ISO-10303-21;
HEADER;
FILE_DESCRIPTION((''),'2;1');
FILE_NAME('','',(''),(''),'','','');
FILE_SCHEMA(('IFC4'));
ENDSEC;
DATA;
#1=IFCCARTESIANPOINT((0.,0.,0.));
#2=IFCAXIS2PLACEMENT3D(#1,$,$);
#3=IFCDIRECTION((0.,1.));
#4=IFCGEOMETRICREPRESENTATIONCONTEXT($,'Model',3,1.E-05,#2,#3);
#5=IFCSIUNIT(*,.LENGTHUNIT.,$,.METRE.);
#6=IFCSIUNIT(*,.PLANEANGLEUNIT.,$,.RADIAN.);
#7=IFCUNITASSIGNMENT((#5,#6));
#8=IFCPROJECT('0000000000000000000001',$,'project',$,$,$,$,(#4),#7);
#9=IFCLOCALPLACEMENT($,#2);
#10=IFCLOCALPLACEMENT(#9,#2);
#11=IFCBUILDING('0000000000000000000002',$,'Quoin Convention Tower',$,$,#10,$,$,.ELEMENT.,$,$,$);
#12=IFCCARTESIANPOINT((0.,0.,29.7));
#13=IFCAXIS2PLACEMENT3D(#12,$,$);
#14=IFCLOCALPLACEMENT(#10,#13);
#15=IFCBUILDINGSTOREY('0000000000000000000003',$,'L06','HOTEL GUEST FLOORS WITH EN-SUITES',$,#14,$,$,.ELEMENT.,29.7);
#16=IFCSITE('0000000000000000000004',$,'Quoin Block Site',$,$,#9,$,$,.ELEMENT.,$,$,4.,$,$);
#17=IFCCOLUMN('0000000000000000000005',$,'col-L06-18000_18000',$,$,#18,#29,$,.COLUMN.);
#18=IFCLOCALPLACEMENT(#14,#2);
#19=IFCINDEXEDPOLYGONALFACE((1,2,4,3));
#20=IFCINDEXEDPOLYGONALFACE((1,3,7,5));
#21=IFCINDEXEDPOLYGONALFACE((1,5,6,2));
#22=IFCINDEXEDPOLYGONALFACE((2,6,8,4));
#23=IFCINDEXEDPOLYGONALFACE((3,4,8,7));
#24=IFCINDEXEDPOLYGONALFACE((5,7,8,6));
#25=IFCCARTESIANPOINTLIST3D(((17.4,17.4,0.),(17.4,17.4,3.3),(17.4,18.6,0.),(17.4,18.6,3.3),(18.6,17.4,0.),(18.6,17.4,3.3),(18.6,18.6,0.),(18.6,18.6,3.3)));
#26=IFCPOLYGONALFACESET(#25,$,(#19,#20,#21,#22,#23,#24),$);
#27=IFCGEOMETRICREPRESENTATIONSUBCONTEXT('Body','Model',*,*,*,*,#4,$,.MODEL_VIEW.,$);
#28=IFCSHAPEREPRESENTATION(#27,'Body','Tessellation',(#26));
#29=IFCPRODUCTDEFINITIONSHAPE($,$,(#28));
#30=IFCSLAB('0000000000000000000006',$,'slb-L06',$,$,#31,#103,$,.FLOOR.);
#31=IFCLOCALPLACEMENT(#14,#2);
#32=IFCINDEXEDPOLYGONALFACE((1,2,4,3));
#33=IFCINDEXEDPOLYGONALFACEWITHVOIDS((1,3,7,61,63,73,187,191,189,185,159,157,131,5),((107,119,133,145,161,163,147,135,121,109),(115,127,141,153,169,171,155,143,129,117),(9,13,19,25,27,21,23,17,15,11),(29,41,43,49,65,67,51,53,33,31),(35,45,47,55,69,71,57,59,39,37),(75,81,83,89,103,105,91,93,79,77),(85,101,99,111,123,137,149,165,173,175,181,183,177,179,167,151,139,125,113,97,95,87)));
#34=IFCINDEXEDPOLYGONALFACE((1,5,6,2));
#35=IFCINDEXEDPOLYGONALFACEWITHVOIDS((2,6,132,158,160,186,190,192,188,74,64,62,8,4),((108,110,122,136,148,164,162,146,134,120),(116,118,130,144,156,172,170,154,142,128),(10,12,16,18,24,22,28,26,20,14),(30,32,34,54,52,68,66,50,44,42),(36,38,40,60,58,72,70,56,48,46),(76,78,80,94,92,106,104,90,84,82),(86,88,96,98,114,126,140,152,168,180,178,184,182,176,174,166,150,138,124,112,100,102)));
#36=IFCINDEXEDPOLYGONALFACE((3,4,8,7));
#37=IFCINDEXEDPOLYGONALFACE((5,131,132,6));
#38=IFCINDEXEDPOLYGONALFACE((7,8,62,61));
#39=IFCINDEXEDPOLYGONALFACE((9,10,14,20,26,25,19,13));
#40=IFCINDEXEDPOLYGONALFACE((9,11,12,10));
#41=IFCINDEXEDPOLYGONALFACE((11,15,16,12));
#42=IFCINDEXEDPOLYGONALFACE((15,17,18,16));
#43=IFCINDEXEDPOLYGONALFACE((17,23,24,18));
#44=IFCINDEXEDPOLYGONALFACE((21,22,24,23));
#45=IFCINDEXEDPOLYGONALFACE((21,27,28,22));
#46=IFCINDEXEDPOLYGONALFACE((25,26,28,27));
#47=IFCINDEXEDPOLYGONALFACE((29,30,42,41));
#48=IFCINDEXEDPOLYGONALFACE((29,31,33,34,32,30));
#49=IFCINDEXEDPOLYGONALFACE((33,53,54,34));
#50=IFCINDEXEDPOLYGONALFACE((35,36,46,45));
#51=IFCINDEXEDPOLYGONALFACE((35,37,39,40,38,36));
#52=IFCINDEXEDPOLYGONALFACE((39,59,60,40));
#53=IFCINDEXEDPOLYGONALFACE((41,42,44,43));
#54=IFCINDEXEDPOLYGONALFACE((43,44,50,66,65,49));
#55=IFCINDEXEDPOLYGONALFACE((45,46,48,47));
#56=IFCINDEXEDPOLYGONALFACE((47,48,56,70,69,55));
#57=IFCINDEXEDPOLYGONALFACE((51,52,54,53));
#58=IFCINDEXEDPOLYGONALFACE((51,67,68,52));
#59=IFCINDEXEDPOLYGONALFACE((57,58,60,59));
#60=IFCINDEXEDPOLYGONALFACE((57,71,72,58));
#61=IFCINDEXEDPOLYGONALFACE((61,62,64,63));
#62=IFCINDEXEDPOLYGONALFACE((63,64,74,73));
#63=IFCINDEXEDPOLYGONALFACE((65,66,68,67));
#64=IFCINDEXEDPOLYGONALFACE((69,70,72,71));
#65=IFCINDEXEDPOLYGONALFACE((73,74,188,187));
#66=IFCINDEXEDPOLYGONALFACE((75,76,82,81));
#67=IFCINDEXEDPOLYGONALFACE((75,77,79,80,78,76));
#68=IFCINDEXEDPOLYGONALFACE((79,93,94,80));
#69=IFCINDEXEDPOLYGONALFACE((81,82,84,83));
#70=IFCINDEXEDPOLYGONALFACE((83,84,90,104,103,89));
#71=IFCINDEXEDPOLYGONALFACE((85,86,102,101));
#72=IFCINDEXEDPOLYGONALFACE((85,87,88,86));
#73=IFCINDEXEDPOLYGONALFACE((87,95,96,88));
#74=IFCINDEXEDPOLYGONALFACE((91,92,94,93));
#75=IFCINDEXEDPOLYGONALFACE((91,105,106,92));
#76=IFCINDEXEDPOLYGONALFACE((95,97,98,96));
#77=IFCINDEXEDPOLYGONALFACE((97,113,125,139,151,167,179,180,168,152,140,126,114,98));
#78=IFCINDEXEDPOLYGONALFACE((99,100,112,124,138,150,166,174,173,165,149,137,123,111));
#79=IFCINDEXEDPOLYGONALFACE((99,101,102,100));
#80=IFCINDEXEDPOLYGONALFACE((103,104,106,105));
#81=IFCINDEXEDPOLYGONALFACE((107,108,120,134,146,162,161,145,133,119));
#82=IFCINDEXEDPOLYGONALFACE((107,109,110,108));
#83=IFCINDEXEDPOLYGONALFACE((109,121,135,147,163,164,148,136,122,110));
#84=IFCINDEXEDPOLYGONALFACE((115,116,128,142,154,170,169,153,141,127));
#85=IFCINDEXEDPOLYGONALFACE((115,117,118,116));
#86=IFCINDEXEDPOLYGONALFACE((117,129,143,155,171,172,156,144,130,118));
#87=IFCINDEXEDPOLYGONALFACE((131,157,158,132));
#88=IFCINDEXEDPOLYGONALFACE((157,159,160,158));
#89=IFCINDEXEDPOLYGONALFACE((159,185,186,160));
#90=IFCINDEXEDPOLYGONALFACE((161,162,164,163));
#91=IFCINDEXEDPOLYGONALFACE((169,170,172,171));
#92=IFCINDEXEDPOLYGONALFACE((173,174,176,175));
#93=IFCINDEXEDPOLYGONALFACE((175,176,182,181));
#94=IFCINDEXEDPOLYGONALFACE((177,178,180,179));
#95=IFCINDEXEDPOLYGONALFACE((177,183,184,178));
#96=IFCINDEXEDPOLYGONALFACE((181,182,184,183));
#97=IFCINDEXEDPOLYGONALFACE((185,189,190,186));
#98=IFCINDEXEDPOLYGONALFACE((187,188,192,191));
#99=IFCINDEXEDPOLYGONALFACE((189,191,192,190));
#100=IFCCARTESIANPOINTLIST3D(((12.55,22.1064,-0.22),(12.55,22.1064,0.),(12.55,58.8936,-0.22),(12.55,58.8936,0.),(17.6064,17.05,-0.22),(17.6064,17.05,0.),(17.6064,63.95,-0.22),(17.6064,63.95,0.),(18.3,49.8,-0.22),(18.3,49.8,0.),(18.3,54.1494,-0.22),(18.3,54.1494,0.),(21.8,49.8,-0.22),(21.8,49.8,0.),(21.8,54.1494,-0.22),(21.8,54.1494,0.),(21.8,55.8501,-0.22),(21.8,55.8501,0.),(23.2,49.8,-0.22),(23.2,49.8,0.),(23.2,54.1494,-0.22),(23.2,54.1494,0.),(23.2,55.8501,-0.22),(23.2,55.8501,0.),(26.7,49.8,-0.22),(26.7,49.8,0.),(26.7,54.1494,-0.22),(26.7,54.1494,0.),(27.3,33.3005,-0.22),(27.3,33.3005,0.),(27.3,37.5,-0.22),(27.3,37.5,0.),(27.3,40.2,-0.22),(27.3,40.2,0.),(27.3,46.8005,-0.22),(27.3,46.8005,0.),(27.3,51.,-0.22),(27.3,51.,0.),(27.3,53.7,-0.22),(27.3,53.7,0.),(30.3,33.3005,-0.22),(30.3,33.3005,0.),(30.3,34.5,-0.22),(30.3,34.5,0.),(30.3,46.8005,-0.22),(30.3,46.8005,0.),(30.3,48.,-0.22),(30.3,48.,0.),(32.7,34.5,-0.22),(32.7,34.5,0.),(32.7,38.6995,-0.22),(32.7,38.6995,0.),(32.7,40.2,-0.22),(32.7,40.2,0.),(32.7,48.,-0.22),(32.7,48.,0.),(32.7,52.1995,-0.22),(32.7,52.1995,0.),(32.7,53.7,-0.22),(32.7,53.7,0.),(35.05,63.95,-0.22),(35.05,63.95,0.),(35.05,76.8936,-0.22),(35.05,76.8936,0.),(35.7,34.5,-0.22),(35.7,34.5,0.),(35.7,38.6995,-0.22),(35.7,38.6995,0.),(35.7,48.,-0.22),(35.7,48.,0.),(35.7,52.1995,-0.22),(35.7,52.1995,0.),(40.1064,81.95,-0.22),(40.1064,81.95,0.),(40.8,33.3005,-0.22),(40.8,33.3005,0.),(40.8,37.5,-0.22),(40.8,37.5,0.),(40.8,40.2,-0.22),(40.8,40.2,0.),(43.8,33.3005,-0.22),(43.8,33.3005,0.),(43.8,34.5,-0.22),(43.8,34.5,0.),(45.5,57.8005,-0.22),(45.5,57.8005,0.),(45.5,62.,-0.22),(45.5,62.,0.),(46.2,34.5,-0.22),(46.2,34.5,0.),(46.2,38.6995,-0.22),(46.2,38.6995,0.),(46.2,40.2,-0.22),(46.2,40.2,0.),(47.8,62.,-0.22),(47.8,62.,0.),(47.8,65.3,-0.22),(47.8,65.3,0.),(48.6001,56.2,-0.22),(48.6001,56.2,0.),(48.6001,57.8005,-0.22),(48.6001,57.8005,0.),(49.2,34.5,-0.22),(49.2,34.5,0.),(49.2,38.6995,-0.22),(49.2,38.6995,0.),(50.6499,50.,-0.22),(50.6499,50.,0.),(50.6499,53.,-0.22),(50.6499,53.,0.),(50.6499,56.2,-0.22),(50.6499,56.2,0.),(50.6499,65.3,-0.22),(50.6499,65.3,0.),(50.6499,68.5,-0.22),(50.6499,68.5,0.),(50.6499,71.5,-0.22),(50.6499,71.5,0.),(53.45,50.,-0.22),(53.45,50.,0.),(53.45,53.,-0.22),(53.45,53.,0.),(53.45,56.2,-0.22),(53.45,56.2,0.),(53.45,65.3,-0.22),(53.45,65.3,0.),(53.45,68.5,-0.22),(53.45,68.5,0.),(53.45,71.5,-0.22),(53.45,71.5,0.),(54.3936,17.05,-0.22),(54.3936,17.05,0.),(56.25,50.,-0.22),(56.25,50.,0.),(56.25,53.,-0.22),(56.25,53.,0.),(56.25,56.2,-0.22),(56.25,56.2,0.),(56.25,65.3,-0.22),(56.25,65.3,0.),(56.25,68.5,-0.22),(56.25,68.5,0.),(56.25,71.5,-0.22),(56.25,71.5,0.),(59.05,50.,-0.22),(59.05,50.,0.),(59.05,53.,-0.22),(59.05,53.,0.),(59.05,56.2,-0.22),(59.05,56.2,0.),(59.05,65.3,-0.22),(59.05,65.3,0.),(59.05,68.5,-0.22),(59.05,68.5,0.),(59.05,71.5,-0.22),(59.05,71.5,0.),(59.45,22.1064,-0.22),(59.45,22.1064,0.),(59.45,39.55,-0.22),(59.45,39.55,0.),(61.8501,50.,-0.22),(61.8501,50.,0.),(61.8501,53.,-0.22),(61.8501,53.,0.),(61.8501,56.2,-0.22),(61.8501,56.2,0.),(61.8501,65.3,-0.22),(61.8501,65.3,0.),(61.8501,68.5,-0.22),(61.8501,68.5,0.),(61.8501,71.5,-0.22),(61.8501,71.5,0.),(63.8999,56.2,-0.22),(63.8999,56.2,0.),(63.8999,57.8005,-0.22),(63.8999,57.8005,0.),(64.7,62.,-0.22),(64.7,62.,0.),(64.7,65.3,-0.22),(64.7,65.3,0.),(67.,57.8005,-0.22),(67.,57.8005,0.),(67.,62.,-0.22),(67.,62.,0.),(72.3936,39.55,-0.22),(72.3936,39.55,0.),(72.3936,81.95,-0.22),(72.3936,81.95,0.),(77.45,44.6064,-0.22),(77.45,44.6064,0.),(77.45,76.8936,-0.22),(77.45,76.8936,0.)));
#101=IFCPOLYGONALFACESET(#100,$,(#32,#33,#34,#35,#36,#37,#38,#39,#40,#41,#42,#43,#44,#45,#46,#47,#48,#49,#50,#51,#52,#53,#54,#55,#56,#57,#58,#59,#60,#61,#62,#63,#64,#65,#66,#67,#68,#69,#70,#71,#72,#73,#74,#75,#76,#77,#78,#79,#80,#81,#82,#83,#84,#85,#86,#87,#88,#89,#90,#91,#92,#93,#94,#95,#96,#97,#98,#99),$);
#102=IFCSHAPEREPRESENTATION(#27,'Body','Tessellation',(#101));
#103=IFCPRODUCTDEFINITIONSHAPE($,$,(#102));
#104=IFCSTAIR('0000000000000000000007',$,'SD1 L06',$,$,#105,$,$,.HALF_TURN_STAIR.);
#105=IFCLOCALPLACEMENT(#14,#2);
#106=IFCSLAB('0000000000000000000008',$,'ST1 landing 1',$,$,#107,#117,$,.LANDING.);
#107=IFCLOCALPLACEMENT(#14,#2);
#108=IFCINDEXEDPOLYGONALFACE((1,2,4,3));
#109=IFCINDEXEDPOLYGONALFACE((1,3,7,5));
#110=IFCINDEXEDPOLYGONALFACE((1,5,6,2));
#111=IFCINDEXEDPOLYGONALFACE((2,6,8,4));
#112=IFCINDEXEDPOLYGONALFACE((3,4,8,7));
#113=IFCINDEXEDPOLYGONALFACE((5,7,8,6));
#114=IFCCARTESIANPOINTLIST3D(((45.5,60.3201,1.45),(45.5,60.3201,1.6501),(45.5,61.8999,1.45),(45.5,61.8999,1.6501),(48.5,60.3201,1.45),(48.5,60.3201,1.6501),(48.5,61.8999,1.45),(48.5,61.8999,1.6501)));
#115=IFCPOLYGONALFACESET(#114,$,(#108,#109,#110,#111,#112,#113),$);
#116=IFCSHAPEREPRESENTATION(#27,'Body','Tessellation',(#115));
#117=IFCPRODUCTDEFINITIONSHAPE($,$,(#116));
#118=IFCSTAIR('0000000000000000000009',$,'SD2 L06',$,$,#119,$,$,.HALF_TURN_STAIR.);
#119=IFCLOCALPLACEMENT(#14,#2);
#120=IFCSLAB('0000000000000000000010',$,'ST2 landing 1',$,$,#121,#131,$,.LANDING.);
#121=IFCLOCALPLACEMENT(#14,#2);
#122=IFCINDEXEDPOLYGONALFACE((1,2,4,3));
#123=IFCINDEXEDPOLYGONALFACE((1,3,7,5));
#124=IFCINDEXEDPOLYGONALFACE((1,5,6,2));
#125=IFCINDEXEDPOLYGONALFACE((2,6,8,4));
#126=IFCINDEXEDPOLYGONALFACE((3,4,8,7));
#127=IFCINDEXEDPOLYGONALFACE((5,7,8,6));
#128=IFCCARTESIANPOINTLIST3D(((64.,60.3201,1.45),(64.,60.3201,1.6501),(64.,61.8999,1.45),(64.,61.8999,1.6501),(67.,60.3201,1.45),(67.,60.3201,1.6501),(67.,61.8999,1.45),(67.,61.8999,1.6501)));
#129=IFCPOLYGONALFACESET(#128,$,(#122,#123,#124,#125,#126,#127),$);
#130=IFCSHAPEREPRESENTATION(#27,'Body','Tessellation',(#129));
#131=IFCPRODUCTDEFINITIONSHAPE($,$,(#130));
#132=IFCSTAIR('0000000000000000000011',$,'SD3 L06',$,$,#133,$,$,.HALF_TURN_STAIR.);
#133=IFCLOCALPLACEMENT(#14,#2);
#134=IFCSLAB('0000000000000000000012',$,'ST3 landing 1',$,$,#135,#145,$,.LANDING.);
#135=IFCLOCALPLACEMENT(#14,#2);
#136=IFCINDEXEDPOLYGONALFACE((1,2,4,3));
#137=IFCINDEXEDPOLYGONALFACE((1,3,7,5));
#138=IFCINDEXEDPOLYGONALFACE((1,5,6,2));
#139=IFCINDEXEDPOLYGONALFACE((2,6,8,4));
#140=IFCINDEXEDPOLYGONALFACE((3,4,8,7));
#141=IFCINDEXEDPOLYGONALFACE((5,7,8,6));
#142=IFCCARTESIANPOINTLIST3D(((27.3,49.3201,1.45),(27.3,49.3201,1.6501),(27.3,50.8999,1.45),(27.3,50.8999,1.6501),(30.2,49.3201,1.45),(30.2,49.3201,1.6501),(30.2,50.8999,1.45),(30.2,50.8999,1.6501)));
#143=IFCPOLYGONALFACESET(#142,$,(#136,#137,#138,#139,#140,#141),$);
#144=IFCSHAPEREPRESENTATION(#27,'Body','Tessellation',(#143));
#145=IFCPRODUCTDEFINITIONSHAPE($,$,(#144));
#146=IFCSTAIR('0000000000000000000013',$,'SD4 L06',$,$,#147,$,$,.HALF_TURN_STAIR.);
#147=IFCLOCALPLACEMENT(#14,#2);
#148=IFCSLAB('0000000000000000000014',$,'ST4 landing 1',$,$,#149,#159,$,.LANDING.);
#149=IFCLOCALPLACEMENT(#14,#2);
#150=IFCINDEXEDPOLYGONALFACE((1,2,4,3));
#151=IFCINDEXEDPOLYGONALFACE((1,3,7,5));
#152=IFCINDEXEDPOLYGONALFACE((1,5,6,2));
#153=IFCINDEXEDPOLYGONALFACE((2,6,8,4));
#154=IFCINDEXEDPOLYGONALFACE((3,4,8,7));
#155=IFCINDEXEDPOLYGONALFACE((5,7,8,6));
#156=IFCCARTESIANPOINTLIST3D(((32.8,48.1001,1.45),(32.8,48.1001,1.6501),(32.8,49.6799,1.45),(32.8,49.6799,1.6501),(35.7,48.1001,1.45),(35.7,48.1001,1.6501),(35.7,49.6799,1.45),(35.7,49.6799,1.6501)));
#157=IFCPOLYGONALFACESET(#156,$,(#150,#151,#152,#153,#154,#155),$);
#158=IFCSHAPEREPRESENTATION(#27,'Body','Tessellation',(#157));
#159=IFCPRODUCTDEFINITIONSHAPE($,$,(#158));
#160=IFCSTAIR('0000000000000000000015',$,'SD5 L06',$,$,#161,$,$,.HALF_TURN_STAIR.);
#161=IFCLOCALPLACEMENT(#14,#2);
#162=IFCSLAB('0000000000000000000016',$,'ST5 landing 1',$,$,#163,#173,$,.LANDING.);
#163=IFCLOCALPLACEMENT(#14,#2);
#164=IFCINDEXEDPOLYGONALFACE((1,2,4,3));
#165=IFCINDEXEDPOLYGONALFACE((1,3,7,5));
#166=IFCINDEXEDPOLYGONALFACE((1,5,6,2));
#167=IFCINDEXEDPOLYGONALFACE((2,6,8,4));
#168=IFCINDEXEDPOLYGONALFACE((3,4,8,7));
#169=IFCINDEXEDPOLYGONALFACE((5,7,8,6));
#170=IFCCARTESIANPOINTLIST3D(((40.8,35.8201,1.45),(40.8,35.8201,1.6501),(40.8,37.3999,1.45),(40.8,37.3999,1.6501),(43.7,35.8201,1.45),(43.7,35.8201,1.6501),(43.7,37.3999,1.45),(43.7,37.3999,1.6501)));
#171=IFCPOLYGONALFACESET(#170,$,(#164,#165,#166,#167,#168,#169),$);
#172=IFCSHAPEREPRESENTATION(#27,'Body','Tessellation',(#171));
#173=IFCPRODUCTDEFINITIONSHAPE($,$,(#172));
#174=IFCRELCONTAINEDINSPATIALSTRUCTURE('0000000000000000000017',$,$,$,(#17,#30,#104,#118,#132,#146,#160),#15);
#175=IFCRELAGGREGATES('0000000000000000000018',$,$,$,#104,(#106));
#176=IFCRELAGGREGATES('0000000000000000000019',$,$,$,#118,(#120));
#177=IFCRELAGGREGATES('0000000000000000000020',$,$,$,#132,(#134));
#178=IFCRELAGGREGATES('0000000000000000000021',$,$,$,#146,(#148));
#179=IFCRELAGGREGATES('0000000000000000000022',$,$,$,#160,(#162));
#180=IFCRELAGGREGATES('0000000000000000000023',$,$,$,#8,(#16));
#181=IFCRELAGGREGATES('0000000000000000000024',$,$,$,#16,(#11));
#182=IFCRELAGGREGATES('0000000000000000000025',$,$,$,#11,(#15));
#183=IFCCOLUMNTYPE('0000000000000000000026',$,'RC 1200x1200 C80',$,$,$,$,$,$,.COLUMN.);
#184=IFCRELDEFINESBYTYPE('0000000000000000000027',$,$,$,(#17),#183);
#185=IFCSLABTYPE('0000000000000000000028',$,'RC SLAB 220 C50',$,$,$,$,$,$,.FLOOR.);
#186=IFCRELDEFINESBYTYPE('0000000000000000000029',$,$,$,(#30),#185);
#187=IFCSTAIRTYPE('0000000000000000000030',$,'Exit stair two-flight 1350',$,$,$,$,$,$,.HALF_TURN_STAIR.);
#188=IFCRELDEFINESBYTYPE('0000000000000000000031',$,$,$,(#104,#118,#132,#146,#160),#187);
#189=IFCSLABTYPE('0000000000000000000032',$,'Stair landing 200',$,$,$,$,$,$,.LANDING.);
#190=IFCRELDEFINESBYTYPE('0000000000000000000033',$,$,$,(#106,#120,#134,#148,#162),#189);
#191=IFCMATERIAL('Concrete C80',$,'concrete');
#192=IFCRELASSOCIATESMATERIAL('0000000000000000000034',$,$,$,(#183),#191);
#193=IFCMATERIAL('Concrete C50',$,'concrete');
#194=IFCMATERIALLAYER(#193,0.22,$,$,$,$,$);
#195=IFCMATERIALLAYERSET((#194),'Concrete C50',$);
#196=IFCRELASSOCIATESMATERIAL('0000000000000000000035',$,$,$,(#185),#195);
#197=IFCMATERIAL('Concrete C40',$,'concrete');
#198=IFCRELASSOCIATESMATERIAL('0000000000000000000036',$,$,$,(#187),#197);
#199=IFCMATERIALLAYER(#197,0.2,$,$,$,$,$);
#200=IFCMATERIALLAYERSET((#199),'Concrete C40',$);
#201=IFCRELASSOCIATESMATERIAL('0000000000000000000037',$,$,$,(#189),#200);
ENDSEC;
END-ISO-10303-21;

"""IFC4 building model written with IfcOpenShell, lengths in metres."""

from ifc_helpers import new_model, si_unit, direction, frame, origin, origin_2d, place, context, subcontext, project, spatial, polyline, rectangle, outline, extrude, material, layer, layer_set, material_profile, profile_set, type_object, element, aggregate, save


model = new_model("IFC4")

# Units and contexts
model_context = context("Model", 3, precision=1e-05, world=origin(), true_north=direction((0.0, 1.0)))
body_context = subcontext(model_context, "Body", "Model", "MODEL_VIEW")
ifc_project = project(units=[si_unit("LENGTHUNIT", "METRE"), si_unit("PLANEANGLEUNIT", "RADIAN")], contexts=[model_context])

# Site, building, storey
site_placement = place(None, origin())
site = spatial("IfcSite", under=ifc_project, at=site_placement, Name="Quoin Block Site", CompositionType="ELEMENT", RefElevation=4.0)
building_placement = place(site_placement, origin())
building = spatial("IfcBuilding", under=site, at=building_placement, Name="Quoin Convention Tower", CompositionType="ELEMENT")
storey_placement = place(building_placement, frame((0.0, 0.0, 29.7)))
storey = spatial("IfcBuildingStorey", under=building, at=storey_placement, Name="L06", Description="HOTEL GUEST FLOORS WITH EN-SUITES", CompositionType="ELEMENT", Elevation=29.7)

# Column
ifc_material_1 = material(Name="Concrete C80", Category="concrete")
ifc_material_profile = material_profile(ifc_material_1, rectangle(XDim=1.2, YDim=1.2, at=origin_2d()), Name="RC 1200x1200")
ifc_profile_set = profile_set([ifc_material_profile], Name="Concrete C80")
column_type = type_object("IfcColumnType", Name="RC 1200x1200 C80", PredefinedType="COLUMN", material=ifc_profile_set)
column_placement = place(storey_placement, frame((18.0, 18.0, 0.0), z_axis=(0.0, 0.0, 1.0), x_axis=(1.0, 0.0, 0.0)))
element("IfcColumn", 1, at=column_placement, inside=storey, type_object=column_type, Name="col-L06-18000_18000", PredefinedType="COLUMN", context=body_context, shape_type="SweptSolid", body=[
    extrude(rectangle(XDim=1.2, YDim=1.2, at=origin_2d()), origin(), (0.0, 0.0, 1.0), 3.3),
])

# Slab
ifc_material_2 = material(Name="Concrete C50", Category="concrete")
ifc_layer_1 = layer(ifc_material_2, 0.22)
ifc_layer_set_1 = layer_set([ifc_layer_1], Name="Concrete C50")
slab_type_1 = type_object("IfcSlabType", Name="RC SLAB 220 C50", PredefinedType="FLOOR", material=ifc_layer_set_1)
slab_1_placement = place(storey_placement, frame((0.0, 0.0, -0.22)))
element("IfcSlab", 2, at=slab_1_placement, inside=storey, type_object=slab_type_1, Name="slb-L06", PredefinedType="FLOOR", context=body_context, shape_type="SweptSolid", body=[
    extrude(outline(polyline([(12.55, 58.8936), (17.6064, 63.95), (35.05, 63.95), (35.05, 76.8936), (40.1064, 81.95), (72.3936, 81.95), (77.45, 76.8936), (77.45, 44.6064), (72.3936, 39.55), (59.45, 39.55), (59.45, 22.1064), (54.3936, 17.05), (17.6064, 17.05), (12.55, 22.1064), (12.55, 58.8936)]), holes=[polyline([(30.3, 33.3005), (30.3, 34.5), (32.7, 34.5), (35.7, 34.5), (35.7, 38.6995), (32.7, 38.6995), (32.7, 40.2), (27.3, 40.2), (27.3, 37.5), (27.3, 33.3005), (30.3, 33.3005)]), polyline([(43.8, 33.3005), (43.8, 34.5), (46.2, 34.5), (49.2, 34.5), (49.2, 38.6995), (46.2, 38.6995), (46.2, 40.2), (40.8, 40.2), (40.8, 37.5), (40.8, 33.3005), (43.8, 33.3005)]), polyline([(27.3, 46.8005), (30.3, 46.8005), (30.3, 48.0), (32.7, 48.0), (35.7, 48.0), (35.7, 52.1995), (32.7, 52.1995), (32.7, 53.7), (27.3, 53.7), (27.3, 51.0), (27.3, 46.8005)]), polyline([(53.45, 50.0), (56.25, 50.0), (59.05, 50.0), (61.8501, 50.0), (61.8501, 53.0), (59.05, 53.0), (56.25, 53.0), (53.45, 53.0), (50.6499, 53.0), (50.6499, 50.0), (53.45, 50.0)]), polyline([(23.2, 49.8), (26.7, 49.8), (26.7, 54.1494), (23.2, 54.1494), (23.2, 55.8501), (21.8, 55.8501), (21.8, 54.1494), (18.3, 54.1494), (18.3, 49.8), (21.8, 49.8), (23.2, 49.8)]), polyline([(45.5, 57.8005), (48.6001, 57.8005), (48.6001, 56.2), (50.6499, 56.2), (53.45, 56.2), (56.25, 56.2), (59.05, 56.2), (61.8501, 56.2), (63.8999, 56.2), (63.8999, 57.8005), (67.0, 57.8005), (67.0, 62.0), (64.7, 62.0), (64.7, 65.3), (61.8501, 65.3), (59.05, 65.3), (56.25, 65.3), (53.45, 65.3), (50.6499, 65.3), (47.8, 65.3), (47.8, 62.0), (45.5, 62.0), (45.5, 57.8005)]), polyline([(59.05, 68.5), (61.8501, 68.5), (61.8501, 71.5), (59.05, 71.5), (56.25, 71.5), (53.45, 71.5), (50.6499, 71.5), (50.6499, 68.5), (53.45, 68.5), (56.25, 68.5), (59.05, 68.5)])]), origin(), (0.0, 0.0, 1.0), 0.22),
])

# Stairs, slabs
ifc_material_3 = material(Name="Concrete C40", Category="concrete")
stair_type_1 = type_object("IfcStairType", Name="Exit stair two-flight 1350", PredefinedType="HALF_TURN_STAIR", material=ifc_material_3)
stair_1_placement = place(storey_placement, origin())
stair_1 = element("IfcStair", 3, at=stair_1_placement, inside=storey, type_object=stair_type_1, Name="SD1 L06", PredefinedType="HALF_TURN_STAIR")
ifc_layer_2 = layer(ifc_material_3, 0.2)
ifc_layer_set_2 = layer_set([ifc_layer_2], Name="Concrete C40")
slab_type_2 = type_object("IfcSlabType", Name="Stair landing 200", PredefinedType="LANDING", material=ifc_layer_set_2)
slab_2_placement = place(storey_placement, frame((0.0, 0.0, 1.45)))
slab_2 = element("IfcSlab", 4, at=slab_2_placement, type_object=slab_type_2, Name="ST1 landing 1", PredefinedType="LANDING", context=body_context, shape_type="SweptSolid", body=[
    extrude(outline(polyline([(45.5, 60.3201), (48.5, 60.3201), (48.5, 61.8999), (45.5, 61.8999), (45.5, 60.3201)])), origin(), (0.0, 0.0, 1.0), 0.2002),
])
aggregate(stair_1, [slab_2])
stair_2_placement = place(storey_placement, origin())
stair_2 = element("IfcStair", 5, at=stair_2_placement, inside=storey, type_object=stair_type_1, Name="SD2 L06", PredefinedType="HALF_TURN_STAIR")
slab_3_placement = place(storey_placement, frame((0.0, 0.0, 1.45)))
slab_3 = element("IfcSlab", 6, at=slab_3_placement, type_object=slab_type_2, Name="ST2 landing 1", PredefinedType="LANDING", context=body_context, shape_type="SweptSolid", body=[
    extrude(outline(polyline([(64.0, 60.3201), (67.0, 60.3201), (67.0, 61.8999), (64.0, 61.8999), (64.0, 60.3201)])), origin(), (0.0, 0.0, 1.0), 0.2002),
])
aggregate(stair_2, [slab_3])
stair_3_placement = place(storey_placement, origin())
stair_3 = element("IfcStair", 7, at=stair_3_placement, inside=storey, type_object=stair_type_1, Name="SD3 L06", PredefinedType="HALF_TURN_STAIR")
slab_4_placement = place(storey_placement, frame((0.0, 0.0, 1.45)))
slab_4 = element("IfcSlab", 8, at=slab_4_placement, type_object=slab_type_2, Name="ST3 landing 1", PredefinedType="LANDING", context=body_context, shape_type="SweptSolid", body=[
    extrude(outline(polyline([(27.3, 49.3201), (30.2, 49.3201), (30.2, 50.8999), (27.3, 50.8999), (27.3, 49.3201)])), origin(), (0.0, 0.0, 1.0), 0.2002),
])
aggregate(stair_3, [slab_4])
stair_4_placement = place(storey_placement, origin())
stair_4 = element("IfcStair", 9, at=stair_4_placement, inside=storey, type_object=stair_type_1, Name="SD4 L06", PredefinedType="HALF_TURN_STAIR")
slab_5_placement = place(storey_placement, frame((0.0, 0.0, 1.45)))
slab_5 = element("IfcSlab", 10, at=slab_5_placement, type_object=slab_type_2, Name="ST4 landing 1", PredefinedType="LANDING", context=body_context, shape_type="SweptSolid", body=[
    extrude(outline(polyline([(35.7, 49.6799), (32.8, 49.6799), (32.8, 48.1001), (35.7, 48.1001), (35.7, 49.6799)])), origin(), (0.0, 0.0, 1.0), 0.2002),
])
aggregate(stair_4, [slab_5])
stair_5_placement = place(storey_placement, origin())
stair_5 = element("IfcStair", 11, at=stair_5_placement, inside=storey, type_object=stair_type_1, Name="SD5 L06", PredefinedType="HALF_TURN_STAIR")
slab_6_placement = place(storey_placement, frame((0.0, 0.0, 1.45)))
slab_6 = element("IfcSlab", 12, at=slab_6_placement, type_object=slab_type_2, Name="ST5 landing 1", PredefinedType="LANDING", context=body_context, shape_type="SweptSolid", body=[
    extrude(outline(polyline([(40.8, 35.8201), (43.7, 35.8201), (43.7, 37.3999), (40.8, 37.3999), (40.8, 35.8201)])), origin(), (0.0, 0.0, 1.0), 0.2002),
])
aggregate(stair_5, [slab_6])

save(model, "model.ifc")
